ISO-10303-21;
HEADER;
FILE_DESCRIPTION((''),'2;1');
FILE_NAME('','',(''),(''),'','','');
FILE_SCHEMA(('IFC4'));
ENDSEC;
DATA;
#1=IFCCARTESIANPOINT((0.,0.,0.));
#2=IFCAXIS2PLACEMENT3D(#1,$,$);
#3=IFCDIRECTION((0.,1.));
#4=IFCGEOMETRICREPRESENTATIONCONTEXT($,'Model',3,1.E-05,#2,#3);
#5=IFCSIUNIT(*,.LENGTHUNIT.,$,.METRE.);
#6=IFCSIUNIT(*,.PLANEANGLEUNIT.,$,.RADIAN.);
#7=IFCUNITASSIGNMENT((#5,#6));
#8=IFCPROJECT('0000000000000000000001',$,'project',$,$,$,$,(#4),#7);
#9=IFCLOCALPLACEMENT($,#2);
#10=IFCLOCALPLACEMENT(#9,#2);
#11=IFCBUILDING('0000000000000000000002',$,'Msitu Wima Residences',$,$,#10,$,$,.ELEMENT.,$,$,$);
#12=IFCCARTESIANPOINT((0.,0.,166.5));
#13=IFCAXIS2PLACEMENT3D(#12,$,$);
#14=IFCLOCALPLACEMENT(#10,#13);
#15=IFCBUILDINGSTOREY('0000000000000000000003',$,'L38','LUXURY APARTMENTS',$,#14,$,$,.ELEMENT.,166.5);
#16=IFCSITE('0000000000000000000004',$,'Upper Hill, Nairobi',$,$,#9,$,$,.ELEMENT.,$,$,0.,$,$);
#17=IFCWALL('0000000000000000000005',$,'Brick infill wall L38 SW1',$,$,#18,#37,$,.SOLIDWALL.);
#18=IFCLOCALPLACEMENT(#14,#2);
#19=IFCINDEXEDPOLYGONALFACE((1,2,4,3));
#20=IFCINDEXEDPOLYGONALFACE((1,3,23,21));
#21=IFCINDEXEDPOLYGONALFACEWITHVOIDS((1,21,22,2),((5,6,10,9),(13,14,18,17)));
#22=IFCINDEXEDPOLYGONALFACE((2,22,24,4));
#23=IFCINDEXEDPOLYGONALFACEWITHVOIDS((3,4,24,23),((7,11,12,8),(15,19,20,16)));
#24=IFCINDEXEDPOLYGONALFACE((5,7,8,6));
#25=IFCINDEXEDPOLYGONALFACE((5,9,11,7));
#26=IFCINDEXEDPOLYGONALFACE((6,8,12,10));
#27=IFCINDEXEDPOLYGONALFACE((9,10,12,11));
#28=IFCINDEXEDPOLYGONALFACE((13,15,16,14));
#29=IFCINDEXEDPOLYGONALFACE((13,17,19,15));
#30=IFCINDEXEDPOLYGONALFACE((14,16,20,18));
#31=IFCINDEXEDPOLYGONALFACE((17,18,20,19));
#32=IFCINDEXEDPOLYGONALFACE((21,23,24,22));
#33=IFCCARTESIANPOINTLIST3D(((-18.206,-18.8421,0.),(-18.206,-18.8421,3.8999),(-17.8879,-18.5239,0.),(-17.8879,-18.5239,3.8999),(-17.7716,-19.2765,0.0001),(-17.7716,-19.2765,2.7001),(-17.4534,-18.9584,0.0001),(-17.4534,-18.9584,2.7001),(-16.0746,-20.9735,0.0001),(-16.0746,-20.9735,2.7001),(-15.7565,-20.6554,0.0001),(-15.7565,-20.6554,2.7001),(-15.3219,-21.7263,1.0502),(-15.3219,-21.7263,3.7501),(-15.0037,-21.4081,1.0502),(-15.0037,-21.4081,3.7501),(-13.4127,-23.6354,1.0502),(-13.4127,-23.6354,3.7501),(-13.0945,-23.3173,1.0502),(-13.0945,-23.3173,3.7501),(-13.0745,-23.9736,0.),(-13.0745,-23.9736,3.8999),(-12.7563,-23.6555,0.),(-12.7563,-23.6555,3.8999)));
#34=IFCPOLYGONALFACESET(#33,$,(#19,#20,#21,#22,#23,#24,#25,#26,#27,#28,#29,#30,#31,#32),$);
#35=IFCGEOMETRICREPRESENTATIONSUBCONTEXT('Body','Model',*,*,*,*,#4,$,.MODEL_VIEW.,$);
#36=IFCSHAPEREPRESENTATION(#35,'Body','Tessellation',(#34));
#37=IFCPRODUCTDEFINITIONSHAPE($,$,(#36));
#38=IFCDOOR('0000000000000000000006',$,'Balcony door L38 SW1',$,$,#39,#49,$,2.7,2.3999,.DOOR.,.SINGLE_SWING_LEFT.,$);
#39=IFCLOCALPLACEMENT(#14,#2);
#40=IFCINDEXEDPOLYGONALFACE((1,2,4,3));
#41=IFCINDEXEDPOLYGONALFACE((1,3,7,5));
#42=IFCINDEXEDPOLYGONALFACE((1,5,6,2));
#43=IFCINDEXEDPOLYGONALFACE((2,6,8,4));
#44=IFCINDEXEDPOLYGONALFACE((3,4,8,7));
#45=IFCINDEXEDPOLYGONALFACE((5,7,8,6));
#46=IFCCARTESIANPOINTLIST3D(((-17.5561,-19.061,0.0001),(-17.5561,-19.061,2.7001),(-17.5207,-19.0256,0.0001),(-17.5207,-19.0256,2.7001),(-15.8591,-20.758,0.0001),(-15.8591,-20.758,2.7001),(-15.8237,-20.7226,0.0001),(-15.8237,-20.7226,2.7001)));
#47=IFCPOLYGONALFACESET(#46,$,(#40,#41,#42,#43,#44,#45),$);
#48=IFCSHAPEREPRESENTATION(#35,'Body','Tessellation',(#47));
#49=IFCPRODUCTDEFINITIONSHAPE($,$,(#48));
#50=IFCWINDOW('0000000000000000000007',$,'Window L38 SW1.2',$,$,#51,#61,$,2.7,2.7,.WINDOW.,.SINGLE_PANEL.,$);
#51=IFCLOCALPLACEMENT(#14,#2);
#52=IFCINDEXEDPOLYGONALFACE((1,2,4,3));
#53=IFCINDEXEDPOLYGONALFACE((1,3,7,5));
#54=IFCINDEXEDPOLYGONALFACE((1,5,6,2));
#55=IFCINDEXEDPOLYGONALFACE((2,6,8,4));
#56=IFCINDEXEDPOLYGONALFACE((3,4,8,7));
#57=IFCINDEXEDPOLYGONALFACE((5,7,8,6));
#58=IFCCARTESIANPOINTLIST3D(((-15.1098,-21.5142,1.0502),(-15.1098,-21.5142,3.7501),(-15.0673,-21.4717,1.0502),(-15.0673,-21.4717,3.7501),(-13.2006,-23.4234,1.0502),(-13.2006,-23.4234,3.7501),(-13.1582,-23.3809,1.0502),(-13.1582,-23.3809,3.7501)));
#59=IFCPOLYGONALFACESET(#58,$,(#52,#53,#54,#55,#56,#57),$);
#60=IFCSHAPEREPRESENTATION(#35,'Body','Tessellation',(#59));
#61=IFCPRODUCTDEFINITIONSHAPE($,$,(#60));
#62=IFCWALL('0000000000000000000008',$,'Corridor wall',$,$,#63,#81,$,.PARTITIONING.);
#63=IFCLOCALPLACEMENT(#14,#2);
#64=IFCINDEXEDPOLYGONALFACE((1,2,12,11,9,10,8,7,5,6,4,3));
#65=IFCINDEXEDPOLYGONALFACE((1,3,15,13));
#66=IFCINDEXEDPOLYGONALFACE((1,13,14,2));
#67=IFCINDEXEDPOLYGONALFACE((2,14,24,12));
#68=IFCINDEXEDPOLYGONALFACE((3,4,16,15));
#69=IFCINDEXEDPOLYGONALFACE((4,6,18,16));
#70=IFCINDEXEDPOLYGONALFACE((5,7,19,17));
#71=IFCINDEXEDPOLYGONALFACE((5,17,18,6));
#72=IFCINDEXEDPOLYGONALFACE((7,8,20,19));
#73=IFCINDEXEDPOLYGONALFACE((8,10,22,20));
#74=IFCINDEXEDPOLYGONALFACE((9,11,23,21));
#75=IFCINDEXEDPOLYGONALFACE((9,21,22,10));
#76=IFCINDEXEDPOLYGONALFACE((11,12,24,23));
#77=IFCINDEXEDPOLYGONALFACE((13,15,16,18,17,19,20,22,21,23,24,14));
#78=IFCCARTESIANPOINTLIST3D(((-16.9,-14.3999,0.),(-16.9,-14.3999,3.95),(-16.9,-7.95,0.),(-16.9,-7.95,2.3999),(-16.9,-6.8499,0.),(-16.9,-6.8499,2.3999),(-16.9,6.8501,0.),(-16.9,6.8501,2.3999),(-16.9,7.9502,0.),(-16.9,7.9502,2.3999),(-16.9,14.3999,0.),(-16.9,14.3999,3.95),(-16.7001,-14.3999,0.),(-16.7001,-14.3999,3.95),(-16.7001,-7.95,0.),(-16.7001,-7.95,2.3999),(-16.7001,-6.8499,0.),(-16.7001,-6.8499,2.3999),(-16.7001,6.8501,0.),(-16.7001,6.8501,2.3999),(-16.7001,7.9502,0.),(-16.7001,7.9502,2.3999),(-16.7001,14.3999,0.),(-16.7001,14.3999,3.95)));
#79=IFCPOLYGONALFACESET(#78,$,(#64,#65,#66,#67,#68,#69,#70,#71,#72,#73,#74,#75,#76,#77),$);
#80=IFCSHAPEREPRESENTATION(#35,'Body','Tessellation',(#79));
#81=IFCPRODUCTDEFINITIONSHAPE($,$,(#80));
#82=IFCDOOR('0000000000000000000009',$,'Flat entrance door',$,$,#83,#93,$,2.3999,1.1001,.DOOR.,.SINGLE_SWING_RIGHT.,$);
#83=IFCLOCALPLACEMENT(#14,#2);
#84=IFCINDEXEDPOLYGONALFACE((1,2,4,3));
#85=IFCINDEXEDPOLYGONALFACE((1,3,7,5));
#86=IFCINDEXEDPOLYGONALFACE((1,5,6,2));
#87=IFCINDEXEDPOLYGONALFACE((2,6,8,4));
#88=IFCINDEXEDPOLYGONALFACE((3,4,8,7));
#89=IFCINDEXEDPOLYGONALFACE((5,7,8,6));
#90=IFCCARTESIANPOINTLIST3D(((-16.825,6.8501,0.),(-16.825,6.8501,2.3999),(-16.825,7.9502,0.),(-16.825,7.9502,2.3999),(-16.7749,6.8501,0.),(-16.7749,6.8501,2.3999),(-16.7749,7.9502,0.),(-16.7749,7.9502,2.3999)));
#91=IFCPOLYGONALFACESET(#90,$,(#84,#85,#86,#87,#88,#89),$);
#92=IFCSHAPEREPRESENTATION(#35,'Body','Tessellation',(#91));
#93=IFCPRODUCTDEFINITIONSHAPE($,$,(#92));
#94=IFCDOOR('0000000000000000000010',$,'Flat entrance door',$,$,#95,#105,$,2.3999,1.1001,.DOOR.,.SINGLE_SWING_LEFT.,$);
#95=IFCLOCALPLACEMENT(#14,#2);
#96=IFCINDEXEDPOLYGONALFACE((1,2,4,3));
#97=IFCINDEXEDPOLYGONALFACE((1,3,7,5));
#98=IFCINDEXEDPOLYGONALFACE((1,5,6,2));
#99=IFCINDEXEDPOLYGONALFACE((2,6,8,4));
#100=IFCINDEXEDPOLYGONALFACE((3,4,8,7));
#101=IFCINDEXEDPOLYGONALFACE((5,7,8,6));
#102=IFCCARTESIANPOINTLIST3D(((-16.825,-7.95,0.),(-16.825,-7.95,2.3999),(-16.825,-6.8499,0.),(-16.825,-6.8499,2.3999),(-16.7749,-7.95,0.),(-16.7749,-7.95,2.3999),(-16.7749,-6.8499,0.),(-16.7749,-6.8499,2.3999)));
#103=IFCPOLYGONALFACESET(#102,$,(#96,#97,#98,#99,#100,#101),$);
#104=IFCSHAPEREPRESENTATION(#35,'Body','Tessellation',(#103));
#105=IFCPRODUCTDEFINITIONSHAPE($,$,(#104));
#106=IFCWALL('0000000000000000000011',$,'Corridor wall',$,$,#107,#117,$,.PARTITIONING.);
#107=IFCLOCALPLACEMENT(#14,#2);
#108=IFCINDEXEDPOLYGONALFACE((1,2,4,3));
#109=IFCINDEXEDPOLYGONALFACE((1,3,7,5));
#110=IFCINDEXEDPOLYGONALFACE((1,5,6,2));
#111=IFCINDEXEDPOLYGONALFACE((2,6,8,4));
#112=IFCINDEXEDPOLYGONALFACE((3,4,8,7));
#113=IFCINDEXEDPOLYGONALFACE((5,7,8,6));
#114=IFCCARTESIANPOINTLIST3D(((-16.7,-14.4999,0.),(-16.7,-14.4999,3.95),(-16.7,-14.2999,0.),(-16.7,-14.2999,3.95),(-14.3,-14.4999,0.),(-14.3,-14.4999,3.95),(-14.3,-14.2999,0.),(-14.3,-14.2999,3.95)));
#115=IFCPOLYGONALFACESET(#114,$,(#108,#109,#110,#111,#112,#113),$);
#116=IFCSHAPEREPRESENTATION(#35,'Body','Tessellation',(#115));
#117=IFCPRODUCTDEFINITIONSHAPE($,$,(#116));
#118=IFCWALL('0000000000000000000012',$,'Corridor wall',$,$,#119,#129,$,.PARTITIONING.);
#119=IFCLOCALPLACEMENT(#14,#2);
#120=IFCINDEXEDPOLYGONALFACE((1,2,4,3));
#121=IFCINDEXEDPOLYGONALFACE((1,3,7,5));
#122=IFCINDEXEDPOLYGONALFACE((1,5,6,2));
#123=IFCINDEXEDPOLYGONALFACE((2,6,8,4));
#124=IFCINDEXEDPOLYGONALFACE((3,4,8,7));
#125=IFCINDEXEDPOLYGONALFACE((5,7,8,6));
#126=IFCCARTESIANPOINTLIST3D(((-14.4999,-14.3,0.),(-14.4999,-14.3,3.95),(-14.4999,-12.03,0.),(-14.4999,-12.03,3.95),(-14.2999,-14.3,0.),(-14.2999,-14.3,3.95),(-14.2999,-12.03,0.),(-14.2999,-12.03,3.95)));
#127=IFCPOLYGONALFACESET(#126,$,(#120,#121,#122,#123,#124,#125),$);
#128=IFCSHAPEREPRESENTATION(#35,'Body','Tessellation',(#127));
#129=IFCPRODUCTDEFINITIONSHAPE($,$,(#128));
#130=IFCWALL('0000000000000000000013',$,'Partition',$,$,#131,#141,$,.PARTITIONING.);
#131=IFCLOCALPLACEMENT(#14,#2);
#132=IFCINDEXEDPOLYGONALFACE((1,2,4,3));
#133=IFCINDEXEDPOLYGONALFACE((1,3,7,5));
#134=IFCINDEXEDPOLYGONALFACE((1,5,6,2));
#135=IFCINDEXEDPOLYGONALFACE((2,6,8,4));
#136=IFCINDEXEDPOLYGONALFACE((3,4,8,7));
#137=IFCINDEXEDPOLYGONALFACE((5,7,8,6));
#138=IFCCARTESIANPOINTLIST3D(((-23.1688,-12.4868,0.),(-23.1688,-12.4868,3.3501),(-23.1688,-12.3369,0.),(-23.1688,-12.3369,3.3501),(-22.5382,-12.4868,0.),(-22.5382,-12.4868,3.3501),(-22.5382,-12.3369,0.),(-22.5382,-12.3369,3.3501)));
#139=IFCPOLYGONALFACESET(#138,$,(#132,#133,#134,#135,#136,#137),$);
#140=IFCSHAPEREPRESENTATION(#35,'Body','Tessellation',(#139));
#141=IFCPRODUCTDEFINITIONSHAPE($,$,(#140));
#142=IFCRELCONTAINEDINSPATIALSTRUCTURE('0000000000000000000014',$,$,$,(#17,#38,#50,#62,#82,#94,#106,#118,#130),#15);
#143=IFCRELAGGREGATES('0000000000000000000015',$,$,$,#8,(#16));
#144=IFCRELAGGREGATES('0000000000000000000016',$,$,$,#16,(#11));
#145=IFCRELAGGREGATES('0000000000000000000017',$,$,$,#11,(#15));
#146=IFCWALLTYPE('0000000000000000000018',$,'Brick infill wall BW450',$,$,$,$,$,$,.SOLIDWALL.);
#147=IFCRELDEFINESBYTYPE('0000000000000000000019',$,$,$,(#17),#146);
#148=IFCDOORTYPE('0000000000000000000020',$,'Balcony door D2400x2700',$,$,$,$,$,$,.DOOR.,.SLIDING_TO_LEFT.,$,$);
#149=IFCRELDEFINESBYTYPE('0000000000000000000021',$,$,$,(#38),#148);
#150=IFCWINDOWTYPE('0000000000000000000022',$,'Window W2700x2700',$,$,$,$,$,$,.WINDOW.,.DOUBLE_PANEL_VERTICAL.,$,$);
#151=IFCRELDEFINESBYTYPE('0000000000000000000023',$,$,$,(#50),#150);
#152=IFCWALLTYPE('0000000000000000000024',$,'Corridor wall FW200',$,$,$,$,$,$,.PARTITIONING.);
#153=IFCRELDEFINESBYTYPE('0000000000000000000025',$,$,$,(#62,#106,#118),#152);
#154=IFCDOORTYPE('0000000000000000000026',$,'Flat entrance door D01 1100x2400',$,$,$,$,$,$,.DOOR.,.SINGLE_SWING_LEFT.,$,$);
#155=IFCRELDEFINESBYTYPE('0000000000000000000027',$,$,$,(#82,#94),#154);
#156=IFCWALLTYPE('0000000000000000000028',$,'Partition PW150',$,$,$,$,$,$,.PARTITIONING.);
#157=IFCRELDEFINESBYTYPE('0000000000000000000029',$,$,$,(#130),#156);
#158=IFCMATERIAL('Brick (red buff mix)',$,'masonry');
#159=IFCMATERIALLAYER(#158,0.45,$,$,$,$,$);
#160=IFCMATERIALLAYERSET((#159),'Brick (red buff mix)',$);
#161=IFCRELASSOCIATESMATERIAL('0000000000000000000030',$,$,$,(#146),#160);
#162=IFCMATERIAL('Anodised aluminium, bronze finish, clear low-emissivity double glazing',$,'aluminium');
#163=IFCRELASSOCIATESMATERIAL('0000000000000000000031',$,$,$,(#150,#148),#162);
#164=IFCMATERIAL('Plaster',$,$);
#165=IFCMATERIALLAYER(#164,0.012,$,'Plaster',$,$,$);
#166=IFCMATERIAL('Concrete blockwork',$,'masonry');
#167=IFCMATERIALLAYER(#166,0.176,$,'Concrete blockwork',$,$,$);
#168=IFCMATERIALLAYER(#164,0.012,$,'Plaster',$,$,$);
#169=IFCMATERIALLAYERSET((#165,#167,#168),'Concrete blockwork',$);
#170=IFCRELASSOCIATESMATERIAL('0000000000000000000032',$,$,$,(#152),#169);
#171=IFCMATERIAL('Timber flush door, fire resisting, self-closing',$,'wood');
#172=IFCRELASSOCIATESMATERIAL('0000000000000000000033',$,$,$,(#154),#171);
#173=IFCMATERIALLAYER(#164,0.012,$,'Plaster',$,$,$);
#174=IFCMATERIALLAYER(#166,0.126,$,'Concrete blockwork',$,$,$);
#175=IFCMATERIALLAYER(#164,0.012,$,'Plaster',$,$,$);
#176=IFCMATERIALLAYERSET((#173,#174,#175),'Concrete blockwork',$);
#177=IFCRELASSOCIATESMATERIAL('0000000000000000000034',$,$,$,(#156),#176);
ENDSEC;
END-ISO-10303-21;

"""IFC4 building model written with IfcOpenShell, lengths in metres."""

from ifc_helpers import new_model, si_unit, direction, frame, frame_2d, origin, place, context, subcontext, project, spatial, rectangle, extrude, material, layer, layer_set, type_object, element, fill, save


model = new_model("IFC4")

# Units and contexts
model_context = context("Model", 3, precision=1e-05, world=origin(), true_north=direction((0.0, 1.0)))
body_context = subcontext(model_context, "Body", "Model", "MODEL_VIEW")
ifc_project = project(units=[si_unit("LENGTHUNIT", "METRE"), si_unit("PLANEANGLEUNIT", "RADIAN")], contexts=[model_context])

# Site, building, storey
site_placement = place(None, origin())
site = spatial("IfcSite", under=ifc_project, at=site_placement, Name="Upper Hill, Nairobi", CompositionType="ELEMENT", RefElevation=0.0)
building_placement = place(site_placement, origin())
building = spatial("IfcBuilding", under=site, at=building_placement, Name="Msitu Wima Residences", CompositionType="ELEMENT")
storey_placement = place(building_placement, frame((0.0, 0.0, 166.5)))
storey = spatial("IfcBuildingStorey", under=building, at=storey_placement, Name="L38", Description="LUXURY APARTMENTS", CompositionType="ELEMENT", Elevation=166.5)

# Shared definitions
ifc_material_1 = material(Name="Brick (red buff mix)", Category="masonry")
ifc_layer_1 = layer(ifc_material_1, 0.45)
ifc_layer_set_1 = layer_set([ifc_layer_1], Name="Brick (red buff mix)")
wall_type_1 = type_object("IfcWallType", Name="Brick infill wall BW450", PredefinedType="SOLIDWALL", material=ifc_layer_set_1)
ifc_material_2 = material(Name="Anodised aluminium, bronze finish, clear low-emissivity double glazing", Category="aluminium")
window_type = type_object("IfcWindowType", Name="Window W2700x2700", PartitioningType="DOUBLE_PANEL_VERTICAL", PredefinedType="WINDOW", material=ifc_material_2)

# Wall, openings, door, window
wall_1_placement = place(storey_placement, frame((-18.0469, -18.6831, 0.0), z_axis=(0.0, 0.0, 1.0), x_axis=(0.707107, -0.707107, 0.0)))
wall_1 = element("IfcWall", 1, at=wall_1_placement, inside=storey, type_object=wall_type_1, Name="Brick infill wall L38 SW1", PredefinedType="SOLIDWALL", context=body_context, shape_type="SweptSolid", body=[
    extrude(rectangle(XDim=7.2571, YDim=0.45, at=frame_2d((3.6284, 0.0))), origin(), (0.0, 0.0, 1.0), 3.8999),
])
opening_1_placement = place(wall_1_placement, frame((0.6143, 0.0, 0.0)))
opening_1 = element("IfcOpeningElement", 2, at=opening_1_placement, cuts=wall_1, PredefinedType="OPENING", context=body_context, shape_type="SweptSolid", body=[
    extrude(rectangle(XDim=2.3999, YDim=2.7, at=frame_2d((1.2, 1.3501))), frame((0.0, 0.2349, 0.0), z_axis=(0.0, -1.0, 0.0), x_axis=(1.0, 0.0, 0.0)), (0.0, 0.0, 1.0), 0.47),
])
opening_2_placement = place(wall_1_placement, frame((4.0786, 0.0, 1.05)))
opening_2 = element("IfcOpeningElement", 3, at=opening_2_placement, cuts=wall_1, PredefinedType="OPENING", context=body_context, shape_type="SweptSolid", body=[
    extrude(rectangle(XDim=2.7, YDim=2.7, at=frame_2d((1.3501, 1.3501))), frame((0.0, 0.2349, 0.0), z_axis=(0.0, -1.0, 0.0), x_axis=(1.0, 0.0, 0.0)), (0.0, 0.0, 1.0), 0.47),
])
door_type_1 = type_object("IfcDoorType", Name="Balcony door D2400x2700", OperationType="SLIDING_TO_LEFT", PredefinedType="DOOR", material=ifc_material_2)
door_1_placement = place(opening_1_placement, origin())
door_1 = element("IfcDoor", 4, at=door_1_placement, inside=storey, type_object=door_type_1, Name="Balcony door L38 SW1", OperationType="SINGLE_SWING_LEFT", OverallHeight=2.7, OverallWidth=2.3999, PredefinedType="DOOR", context=body_context, shape_type="SweptSolid", body=[
    extrude(rectangle(XDim=2.3999, YDim=2.7, at=frame_2d((1.2, 1.3501))), frame((0.0, 0.1299, 0.0), z_axis=(0.0, -1.0, 0.0), x_axis=(1.0, 0.0, 0.0)), (0.0, 0.0, 1.0), 0.05),
])
fill(opening_1, door_1)
window_1_placement = place(opening_2_placement, origin())
window_1 = element("IfcWindow", 5, at=window_1_placement, inside=storey, type_object=window_type, Name="Window L38 SW1.2", OverallHeight=2.7, OverallWidth=2.7, PartitioningType="SINGLE_PANEL", PredefinedType="WINDOW", context=body_context, shape_type="SweptSolid", body=[
    extrude(rectangle(XDim=2.7, YDim=2.7, at=frame_2d((1.3501, 1.3501))), frame((0.0, 0.135, 0.0), z_axis=(0.0, -1.0, 0.0), x_axis=(1.0, 0.0, 0.0)), (0.0, 0.0, 1.0), 0.0601),
])
fill(opening_2, window_1)

# Wall, openings, doors
ifc_material_3 = material(Name="Plaster")
ifc_layer_2 = layer(ifc_material_3, 0.012, Name="Plaster")
ifc_material_4 = material(Name="Concrete blockwork", Category="masonry")
ifc_layer_3 = layer(ifc_material_4, 0.176, Name="Concrete blockwork")
ifc_layer_4 = layer(ifc_material_3, 0.012, Name="Plaster")
ifc_layer_set_2 = layer_set([ifc_layer_2, ifc_layer_3, ifc_layer_4], Name="Concrete blockwork")
wall_type_2 = type_object("IfcWallType", Name="Corridor wall FW200", PredefinedType="PARTITIONING", material=ifc_layer_set_2)
wall_2_placement = place(storey_placement, frame((-16.8, -14.3999, 0.0), z_axis=(0.0, 0.0, 1.0), x_axis=(0.0, 1.0, 0.0)))
wall_2 = element("IfcWall", 6, at=wall_2_placement, inside=storey, type_object=wall_type_2, Name="Corridor wall", PredefinedType="PARTITIONING", context=body_context, shape_type="SweptSolid", body=[
    extrude(rectangle(XDim=28.7998, YDim=0.2, at=frame_2d((14.3999, 0.0))), origin(), (0.0, 0.0, 1.0), 3.95),
])
opening_3_placement = place(wall_2_placement, frame((21.25, 0.0, 0.0)))
opening_3 = element("IfcOpeningElement", 7, at=opening_3_placement, cuts=wall_2, PredefinedType="OPENING", context=body_context, shape_type="SweptSolid", body=[
    extrude(rectangle(XDim=1.1001, YDim=2.3999, at=frame_2d((0.55, 1.2))), frame((0.0, 0.1099, 0.0), z_axis=(0.0, -1.0, 0.0), x_axis=(1.0, 0.0, 0.0)), (0.0, 0.0, 1.0), 0.22),
])
opening_4_placement = place(wall_2_placement, frame((6.45, 0.0, 0.0)))
opening_4 = element("IfcOpeningElement", 8, at=opening_4_placement, cuts=wall_2, PredefinedType="OPENING", context=body_context, shape_type="SweptSolid", body=[
    extrude(rectangle(XDim=1.1001, YDim=2.3999, at=frame_2d((0.55, 1.2))), frame((0.0, 0.1099, 0.0), z_axis=(0.0, -1.0, 0.0), x_axis=(1.0, 0.0, 0.0)), (0.0, 0.0, 1.0), 0.22),
])
ifc_material_5 = material(Name="Timber flush door, fire resisting, self-closing", Category="wood")
door_type_2 = type_object("IfcDoorType", Name="Flat entrance door D01 1100x2400", OperationType="SINGLE_SWING_LEFT", PredefinedType="DOOR", material=ifc_material_5)
door_2_placement = place(opening_3_placement, origin())
door_2 = element("IfcDoor", 9, at=door_2_placement, inside=storey, type_object=door_type_2, Name="Flat entrance door", OperationType="SINGLE_SWING_RIGHT", OverallHeight=2.3999, OverallWidth=1.1001, PredefinedType="DOOR", context=body_context, shape_type="SweptSolid", body=[
    extrude(rectangle(XDim=1.1001, YDim=2.3999, at=frame_2d((0.55, 1.2))), frame((0.0, 0.0249, 0.0), z_axis=(0.0, -1.0, 0.0), x_axis=(1.0, 0.0, 0.0)), (0.0, 0.0, 1.0), 0.05),
])
fill(opening_3, door_2)
door_3_placement = place(opening_4_placement, origin())
door_3 = element("IfcDoor", 10, at=door_3_placement, inside=storey, type_object=door_type_2, Name="Flat entrance door", OperationType="SINGLE_SWING_LEFT", OverallHeight=2.3999, OverallWidth=1.1001, PredefinedType="DOOR", context=body_context, shape_type="SweptSolid", body=[
    extrude(rectangle(XDim=1.1001, YDim=2.3999, at=frame_2d((0.55, 1.2))), frame((0.0, 0.0249, 0.0), z_axis=(0.0, -1.0, 0.0), x_axis=(1.0, 0.0, 0.0)), (0.0, 0.0, 1.0), 0.05),
])
fill(opening_4, door_3)

# Walls
wall_3_placement = place(storey_placement, frame((-16.7, -14.3999, 0.0), z_axis=(0.0, 0.0, 1.0), x_axis=(1.0, 0.0, 0.0)))
element("IfcWall", 11, at=wall_3_placement, inside=storey, type_object=wall_type_2, Name="Corridor wall", PredefinedType="PARTITIONING", context=body_context, shape_type="SweptSolid", body=[
    extrude(rectangle(XDim=2.3999, YDim=0.2, at=frame_2d((1.2, 0.0))), origin(), (0.0, 0.0, 1.0), 3.95),
])
wall_4_placement = place(storey_placement, frame((-14.3999, -14.3, 0.0), z_axis=(0.0, 0.0, 1.0), x_axis=(0.0, 1.0, 0.0)))
element("IfcWall", 12, at=wall_4_placement, inside=storey, type_object=wall_type_2, Name="Corridor wall", PredefinedType="PARTITIONING", context=body_context, shape_type="SweptSolid", body=[
    extrude(rectangle(XDim=2.27, YDim=0.2, at=frame_2d((1.135, 0.0))), origin(), (0.0, 0.0, 1.0), 3.95),
])
ifc_layer_5 = layer(ifc_material_3, 0.012, Name="Plaster")
ifc_layer_6 = layer(ifc_material_4, 0.126, Name="Concrete blockwork")
ifc_layer_7 = layer(ifc_material_3, 0.012, Name="Plaster")
ifc_layer_set_3 = layer_set([ifc_layer_5, ifc_layer_6, ifc_layer_7], Name="Concrete blockwork")
wall_type_3 = type_object("IfcWallType", Name="Partition PW150", PredefinedType="PARTITIONING", material=ifc_layer_set_3)
wall_5_placement = place(storey_placement, frame((-23.1689, -12.4119, 0.0), z_axis=(0.0, 0.0, 1.0), x_axis=(1.0, 0.0, 0.0)))
element("IfcWall", 13, at=wall_5_placement, inside=storey, type_object=wall_type_3, Name="Partition", PredefinedType="PARTITIONING", context=body_context, shape_type="SweptSolid", body=[
    extrude(rectangle(XDim=0.6306, YDim=0.1499, at=frame_2d((0.3154, 0.0))), origin(), (0.0, 0.0, 1.0), 3.3501),
])

save(model, "model.ifc")
